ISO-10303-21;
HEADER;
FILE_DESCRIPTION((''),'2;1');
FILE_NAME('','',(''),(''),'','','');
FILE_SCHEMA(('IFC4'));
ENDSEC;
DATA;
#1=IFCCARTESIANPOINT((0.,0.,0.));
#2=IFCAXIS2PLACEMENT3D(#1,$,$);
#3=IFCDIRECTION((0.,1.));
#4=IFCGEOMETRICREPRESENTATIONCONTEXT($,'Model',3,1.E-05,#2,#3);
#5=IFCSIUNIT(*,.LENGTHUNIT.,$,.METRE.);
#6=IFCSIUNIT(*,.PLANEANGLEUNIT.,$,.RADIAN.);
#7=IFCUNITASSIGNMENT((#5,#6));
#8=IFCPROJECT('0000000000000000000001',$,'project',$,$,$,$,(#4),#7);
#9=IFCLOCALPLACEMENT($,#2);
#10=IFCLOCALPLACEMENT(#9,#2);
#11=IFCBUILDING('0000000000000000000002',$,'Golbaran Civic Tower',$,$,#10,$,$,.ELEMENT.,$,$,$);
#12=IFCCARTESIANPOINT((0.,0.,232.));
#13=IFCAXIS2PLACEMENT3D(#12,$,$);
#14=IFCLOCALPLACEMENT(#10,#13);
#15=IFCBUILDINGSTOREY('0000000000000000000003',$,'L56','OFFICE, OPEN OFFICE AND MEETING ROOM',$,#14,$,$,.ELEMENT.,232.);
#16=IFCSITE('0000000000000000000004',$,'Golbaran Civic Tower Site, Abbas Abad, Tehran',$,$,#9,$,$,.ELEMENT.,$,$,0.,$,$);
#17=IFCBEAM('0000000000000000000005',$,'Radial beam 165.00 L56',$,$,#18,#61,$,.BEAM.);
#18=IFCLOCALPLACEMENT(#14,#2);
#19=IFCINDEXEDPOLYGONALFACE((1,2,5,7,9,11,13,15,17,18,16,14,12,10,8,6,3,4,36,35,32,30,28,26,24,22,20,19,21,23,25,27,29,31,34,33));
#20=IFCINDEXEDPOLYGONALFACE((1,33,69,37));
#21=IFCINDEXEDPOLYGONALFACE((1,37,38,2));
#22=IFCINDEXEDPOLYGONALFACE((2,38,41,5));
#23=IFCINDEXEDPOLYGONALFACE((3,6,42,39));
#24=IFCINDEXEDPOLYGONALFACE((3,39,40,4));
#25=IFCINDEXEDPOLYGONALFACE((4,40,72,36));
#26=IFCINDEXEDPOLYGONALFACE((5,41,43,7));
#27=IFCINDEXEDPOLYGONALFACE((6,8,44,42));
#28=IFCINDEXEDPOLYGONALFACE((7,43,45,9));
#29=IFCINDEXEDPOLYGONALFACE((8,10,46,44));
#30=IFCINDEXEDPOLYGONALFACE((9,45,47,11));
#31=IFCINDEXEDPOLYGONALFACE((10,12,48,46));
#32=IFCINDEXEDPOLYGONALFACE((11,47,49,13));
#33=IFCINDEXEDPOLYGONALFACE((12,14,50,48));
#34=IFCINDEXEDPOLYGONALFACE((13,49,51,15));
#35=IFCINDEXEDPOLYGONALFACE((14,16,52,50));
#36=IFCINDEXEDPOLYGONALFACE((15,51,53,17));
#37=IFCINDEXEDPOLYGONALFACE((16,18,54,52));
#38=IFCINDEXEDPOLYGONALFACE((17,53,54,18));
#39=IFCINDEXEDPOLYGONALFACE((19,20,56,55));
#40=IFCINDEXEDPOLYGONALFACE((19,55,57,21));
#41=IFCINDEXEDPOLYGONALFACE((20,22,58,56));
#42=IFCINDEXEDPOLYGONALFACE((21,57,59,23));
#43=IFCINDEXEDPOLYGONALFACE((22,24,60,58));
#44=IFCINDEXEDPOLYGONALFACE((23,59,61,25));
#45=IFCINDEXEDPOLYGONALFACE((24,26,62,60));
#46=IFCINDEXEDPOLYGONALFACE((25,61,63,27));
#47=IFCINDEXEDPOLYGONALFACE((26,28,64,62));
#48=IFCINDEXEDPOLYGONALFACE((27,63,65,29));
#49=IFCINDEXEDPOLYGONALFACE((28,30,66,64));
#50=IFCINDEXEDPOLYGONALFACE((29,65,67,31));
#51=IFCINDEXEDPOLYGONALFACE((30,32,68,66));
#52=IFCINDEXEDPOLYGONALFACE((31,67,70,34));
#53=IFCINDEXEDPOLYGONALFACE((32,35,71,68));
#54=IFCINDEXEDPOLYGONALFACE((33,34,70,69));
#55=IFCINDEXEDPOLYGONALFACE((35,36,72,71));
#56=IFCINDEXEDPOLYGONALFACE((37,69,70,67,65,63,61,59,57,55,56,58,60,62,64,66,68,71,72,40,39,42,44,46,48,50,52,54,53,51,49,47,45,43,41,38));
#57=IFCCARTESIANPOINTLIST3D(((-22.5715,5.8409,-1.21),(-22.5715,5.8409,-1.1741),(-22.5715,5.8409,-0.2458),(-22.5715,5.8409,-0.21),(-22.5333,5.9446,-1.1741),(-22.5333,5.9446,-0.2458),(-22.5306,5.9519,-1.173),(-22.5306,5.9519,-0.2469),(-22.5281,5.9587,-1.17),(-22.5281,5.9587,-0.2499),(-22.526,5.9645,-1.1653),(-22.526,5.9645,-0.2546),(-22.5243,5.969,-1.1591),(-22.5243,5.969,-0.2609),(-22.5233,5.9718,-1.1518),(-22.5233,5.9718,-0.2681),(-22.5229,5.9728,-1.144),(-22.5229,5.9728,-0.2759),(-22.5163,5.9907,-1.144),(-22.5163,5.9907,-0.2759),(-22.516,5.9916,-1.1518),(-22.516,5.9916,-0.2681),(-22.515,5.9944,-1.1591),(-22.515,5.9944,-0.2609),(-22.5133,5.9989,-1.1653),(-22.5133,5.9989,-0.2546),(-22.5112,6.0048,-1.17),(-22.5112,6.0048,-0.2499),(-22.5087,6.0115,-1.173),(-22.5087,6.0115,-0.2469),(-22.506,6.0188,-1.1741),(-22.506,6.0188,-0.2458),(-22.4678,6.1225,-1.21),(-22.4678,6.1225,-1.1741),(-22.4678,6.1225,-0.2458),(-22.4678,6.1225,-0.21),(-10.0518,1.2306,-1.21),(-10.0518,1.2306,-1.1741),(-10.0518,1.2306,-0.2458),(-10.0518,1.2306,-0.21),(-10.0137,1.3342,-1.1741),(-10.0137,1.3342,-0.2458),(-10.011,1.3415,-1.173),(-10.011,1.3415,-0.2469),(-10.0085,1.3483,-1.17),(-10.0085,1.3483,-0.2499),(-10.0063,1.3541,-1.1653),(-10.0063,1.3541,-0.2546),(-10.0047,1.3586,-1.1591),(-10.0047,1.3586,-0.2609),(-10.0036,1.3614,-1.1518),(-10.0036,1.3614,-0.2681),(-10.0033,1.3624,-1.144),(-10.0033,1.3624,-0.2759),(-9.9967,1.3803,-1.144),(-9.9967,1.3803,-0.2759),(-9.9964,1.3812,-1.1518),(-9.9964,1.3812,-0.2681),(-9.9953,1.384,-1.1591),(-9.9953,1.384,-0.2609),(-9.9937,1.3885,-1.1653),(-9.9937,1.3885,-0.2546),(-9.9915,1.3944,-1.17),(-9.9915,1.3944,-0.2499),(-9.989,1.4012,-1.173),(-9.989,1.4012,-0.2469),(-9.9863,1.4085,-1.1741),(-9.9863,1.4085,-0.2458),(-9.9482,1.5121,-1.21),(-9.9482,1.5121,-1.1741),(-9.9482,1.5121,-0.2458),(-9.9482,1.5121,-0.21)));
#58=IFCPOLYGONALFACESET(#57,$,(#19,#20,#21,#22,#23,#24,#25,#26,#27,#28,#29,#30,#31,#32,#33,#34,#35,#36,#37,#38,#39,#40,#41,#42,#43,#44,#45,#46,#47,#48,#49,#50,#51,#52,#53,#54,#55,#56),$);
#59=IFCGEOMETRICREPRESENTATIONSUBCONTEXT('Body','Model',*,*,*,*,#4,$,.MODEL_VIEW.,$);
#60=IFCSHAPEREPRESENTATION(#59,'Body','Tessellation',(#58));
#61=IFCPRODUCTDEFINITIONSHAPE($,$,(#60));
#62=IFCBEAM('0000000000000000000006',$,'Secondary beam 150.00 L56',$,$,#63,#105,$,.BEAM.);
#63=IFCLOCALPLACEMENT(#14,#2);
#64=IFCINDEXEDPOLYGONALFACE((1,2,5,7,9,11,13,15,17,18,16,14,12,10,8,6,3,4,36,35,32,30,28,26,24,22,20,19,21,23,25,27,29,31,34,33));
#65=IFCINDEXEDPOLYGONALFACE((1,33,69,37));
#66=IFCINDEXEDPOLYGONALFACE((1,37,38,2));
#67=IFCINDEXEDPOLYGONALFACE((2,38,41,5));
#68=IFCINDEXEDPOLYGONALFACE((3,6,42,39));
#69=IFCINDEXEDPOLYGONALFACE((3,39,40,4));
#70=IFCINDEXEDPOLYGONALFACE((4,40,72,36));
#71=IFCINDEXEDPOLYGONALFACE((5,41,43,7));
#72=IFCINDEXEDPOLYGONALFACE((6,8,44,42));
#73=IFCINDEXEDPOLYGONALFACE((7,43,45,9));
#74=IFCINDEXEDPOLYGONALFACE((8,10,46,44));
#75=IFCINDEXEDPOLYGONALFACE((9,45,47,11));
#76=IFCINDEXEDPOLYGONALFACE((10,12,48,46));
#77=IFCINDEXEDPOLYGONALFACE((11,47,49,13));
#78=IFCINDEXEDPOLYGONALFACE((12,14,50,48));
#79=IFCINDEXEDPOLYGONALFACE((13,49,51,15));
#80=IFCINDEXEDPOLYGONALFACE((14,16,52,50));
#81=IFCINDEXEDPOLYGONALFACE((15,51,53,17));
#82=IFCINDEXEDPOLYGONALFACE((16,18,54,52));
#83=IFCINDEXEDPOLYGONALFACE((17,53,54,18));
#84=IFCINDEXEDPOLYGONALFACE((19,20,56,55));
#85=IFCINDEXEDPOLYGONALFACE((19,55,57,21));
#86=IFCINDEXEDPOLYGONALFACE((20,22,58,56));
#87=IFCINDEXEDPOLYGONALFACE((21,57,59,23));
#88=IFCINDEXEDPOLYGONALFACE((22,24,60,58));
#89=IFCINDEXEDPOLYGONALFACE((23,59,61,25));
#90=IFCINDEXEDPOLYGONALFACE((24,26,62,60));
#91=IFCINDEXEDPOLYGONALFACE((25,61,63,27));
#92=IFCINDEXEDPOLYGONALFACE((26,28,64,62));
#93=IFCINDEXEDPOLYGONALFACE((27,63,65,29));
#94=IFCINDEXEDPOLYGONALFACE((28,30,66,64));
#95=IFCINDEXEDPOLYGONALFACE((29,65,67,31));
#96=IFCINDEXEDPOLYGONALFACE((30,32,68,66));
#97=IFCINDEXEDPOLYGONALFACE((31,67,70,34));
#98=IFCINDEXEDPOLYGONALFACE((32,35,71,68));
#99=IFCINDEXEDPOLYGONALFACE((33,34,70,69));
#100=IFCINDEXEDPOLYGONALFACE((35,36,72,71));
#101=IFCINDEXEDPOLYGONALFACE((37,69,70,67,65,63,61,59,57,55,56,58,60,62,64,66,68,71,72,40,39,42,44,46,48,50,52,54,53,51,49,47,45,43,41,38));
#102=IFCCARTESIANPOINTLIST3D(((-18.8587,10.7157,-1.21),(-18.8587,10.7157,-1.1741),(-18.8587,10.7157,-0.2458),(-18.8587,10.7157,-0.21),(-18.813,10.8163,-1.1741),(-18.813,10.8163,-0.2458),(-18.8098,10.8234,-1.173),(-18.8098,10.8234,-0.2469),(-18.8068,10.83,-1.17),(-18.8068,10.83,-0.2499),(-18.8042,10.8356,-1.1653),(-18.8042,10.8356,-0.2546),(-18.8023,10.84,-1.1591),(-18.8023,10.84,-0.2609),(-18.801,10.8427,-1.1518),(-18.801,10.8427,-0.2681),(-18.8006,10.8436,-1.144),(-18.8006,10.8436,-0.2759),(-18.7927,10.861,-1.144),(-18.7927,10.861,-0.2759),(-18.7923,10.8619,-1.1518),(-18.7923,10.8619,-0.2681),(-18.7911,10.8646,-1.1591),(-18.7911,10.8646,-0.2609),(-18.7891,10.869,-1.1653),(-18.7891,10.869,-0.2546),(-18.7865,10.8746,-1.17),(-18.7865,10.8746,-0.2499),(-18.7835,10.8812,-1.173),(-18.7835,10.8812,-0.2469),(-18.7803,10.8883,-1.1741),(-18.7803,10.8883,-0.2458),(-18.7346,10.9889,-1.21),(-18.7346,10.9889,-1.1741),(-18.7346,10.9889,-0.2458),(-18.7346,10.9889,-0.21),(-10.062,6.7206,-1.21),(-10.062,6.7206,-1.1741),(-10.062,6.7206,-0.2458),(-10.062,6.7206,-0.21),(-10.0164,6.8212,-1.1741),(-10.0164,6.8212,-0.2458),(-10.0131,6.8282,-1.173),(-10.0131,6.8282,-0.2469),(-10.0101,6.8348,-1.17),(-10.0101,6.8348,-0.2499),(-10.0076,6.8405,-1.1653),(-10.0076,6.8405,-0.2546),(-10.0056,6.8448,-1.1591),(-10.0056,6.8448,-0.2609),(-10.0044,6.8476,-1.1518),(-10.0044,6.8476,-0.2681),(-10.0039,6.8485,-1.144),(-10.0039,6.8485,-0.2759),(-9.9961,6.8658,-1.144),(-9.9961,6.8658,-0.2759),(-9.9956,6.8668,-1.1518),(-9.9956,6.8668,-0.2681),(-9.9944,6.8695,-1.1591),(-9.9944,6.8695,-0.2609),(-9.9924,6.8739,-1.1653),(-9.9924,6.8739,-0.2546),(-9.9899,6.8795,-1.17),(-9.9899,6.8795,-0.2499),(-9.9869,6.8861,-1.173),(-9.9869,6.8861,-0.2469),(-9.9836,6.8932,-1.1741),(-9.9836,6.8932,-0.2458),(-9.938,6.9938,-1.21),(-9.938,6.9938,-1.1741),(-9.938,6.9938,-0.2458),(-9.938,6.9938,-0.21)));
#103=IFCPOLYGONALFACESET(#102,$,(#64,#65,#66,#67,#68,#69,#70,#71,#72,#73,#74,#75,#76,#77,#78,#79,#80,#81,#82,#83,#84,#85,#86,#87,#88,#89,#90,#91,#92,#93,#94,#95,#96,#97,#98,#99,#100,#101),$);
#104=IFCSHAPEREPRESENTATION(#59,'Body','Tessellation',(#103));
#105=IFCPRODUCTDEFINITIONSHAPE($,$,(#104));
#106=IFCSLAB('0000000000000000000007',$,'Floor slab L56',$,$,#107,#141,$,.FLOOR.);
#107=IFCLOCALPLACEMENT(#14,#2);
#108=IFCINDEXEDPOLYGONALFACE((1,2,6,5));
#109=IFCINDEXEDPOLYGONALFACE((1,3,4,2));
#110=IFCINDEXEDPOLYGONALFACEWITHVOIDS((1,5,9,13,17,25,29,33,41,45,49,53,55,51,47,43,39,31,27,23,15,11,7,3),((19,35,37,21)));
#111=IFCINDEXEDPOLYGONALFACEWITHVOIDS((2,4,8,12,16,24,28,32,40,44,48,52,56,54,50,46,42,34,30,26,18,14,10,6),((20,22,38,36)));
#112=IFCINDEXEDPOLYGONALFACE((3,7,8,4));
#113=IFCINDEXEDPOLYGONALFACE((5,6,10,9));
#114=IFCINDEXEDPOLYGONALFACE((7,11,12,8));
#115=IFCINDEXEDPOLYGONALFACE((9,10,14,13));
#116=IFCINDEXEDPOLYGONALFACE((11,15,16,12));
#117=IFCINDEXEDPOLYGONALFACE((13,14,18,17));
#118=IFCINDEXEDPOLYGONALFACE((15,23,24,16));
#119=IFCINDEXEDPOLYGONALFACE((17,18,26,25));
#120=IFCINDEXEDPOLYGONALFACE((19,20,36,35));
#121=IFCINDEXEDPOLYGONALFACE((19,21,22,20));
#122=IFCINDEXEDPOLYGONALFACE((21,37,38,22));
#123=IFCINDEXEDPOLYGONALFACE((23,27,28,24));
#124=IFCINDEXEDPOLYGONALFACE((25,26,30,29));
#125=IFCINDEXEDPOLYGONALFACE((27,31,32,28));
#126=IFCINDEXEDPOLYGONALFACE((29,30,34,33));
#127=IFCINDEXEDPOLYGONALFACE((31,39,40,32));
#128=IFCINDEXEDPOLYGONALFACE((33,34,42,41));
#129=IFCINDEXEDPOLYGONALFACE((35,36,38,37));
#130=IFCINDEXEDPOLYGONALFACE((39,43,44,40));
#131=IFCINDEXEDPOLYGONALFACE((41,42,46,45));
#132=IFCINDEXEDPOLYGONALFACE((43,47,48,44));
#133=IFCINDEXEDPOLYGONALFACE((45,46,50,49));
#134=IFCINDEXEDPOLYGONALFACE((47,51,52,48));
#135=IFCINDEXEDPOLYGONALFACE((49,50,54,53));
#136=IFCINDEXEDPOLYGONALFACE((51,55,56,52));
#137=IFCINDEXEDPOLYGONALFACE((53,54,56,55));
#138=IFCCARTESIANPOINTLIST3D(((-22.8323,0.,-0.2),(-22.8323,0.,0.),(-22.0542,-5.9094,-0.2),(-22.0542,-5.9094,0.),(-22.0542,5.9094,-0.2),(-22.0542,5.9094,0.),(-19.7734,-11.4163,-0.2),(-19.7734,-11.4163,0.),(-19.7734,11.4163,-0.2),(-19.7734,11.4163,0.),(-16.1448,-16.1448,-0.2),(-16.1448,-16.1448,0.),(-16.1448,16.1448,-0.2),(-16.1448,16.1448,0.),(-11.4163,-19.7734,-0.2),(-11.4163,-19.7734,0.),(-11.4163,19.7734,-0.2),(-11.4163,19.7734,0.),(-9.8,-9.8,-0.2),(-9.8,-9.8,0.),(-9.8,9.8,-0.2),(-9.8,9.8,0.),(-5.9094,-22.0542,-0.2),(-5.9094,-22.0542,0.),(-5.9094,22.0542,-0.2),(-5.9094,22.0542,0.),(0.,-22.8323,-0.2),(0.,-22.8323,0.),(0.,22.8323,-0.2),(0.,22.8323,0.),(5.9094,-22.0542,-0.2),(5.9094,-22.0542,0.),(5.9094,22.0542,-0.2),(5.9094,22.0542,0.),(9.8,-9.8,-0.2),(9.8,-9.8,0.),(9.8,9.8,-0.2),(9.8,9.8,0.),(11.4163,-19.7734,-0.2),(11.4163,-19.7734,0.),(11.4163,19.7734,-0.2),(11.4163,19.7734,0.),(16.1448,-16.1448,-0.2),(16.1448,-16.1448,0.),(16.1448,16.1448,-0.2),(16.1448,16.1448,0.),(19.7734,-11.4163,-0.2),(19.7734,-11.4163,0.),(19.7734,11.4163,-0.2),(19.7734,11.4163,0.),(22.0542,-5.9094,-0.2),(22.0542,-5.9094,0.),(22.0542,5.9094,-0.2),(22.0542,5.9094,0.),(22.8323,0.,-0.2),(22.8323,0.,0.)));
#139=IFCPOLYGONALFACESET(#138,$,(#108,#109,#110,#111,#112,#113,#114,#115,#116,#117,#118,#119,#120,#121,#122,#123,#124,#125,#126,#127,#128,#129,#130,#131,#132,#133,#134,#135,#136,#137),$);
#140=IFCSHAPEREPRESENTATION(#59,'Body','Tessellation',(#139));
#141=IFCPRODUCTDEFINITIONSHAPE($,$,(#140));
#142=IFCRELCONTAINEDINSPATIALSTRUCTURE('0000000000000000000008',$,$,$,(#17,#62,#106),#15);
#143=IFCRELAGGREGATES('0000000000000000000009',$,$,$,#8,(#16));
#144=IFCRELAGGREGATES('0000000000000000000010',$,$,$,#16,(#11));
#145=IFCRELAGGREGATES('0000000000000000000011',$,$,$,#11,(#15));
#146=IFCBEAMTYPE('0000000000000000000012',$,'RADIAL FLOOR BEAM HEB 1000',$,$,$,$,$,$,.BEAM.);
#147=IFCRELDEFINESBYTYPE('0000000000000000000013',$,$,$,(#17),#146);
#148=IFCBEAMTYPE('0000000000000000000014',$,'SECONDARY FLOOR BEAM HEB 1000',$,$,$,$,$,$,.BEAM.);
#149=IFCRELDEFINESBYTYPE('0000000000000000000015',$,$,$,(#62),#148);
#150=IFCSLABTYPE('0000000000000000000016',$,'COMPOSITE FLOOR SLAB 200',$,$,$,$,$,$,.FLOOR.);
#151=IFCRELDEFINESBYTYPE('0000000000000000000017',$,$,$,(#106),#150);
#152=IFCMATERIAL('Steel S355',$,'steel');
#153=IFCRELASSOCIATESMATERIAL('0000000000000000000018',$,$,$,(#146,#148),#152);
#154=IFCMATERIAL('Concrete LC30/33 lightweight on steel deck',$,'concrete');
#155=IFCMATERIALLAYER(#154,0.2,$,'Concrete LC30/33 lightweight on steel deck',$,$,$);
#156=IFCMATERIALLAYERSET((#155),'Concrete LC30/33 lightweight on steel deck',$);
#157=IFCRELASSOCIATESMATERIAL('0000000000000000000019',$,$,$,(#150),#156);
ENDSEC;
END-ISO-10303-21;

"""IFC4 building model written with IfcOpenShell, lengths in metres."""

from ifc_helpers import new_model, si_unit, direction, frame, origin, origin_2d, place, context, subcontext, project, spatial, polyline, i_section, outline, extrude, material, layer, layer_set, material_profile, profile_set, type_object, element, save


model = new_model("IFC4")

# Units and contexts
model_context = context("Model", 3, precision=1e-05, world=origin(), true_north=direction((0.0, 1.0)))
body_context = subcontext(model_context, "Body", "Model", "MODEL_VIEW")
ifc_project = project(units=[si_unit("LENGTHUNIT", "METRE"), si_unit("PLANEANGLEUNIT", "RADIAN")], contexts=[model_context])

# Site, building, storey
site_placement = place(None, origin())
site = spatial("IfcSite", under=ifc_project, at=site_placement, Name="Golbaran Civic Tower Site, Abbas Abad, Tehran", CompositionType="ELEMENT", RefElevation=0.0)
building_placement = place(site_placement, origin())
building = spatial("IfcBuilding", under=site, at=building_placement, Name="Golbaran Civic Tower", CompositionType="ELEMENT")
storey_placement = place(building_placement, frame((0.0, 0.0, 232.0)))
storey = spatial("IfcBuildingStorey", under=building, at=storey_placement, Name="L56", Description="OFFICE, OPEN OFFICE AND MEETING ROOM", CompositionType="ELEMENT", Elevation=232.0)

# Beams
ifc_material_1 = material(Name="Steel S355", Category="steel")
ifc_material_profile_1 = material_profile(ifc_material_1, i_section(OverallWidth=0.3, OverallDepth=1.0, WebThickness=0.019, FlangeThickness=0.0359, FilletRadius=0.03, at=origin_2d()), Name="HEB 1000")
ifc_profile_set_1 = profile_set([ifc_material_profile_1], Name="Steel S355")
beam_type_1 = type_object("IfcBeamType", Name="RADIAL FLOOR BEAM HEB 1000", PredefinedType="BEAM", material=ifc_profile_set_1)
beam_1_placement = place(storey_placement, frame((-10.0, 1.3713, -0.71), z_axis=(-0.938394, 0.345566, 0.0), x_axis=(-0.345566, -0.938394, 0.0)))
element("IfcBeam", 1, at=beam_1_placement, inside=storey, type_object=beam_type_1, Name="Radial beam 165.00 L56", PredefinedType="BEAM", context=body_context, shape_type="SweptSolid", body=[
    extrude(i_section(OverallWidth=0.3, OverallDepth=1.0, WebThickness=0.019, FlangeThickness=0.0359, FilletRadius=0.03, at=origin_2d()), origin(), (0.0, 0.0, 1.0), 13.3416),
])
ifc_material_profile_2 = material_profile(ifc_material_1, i_section(OverallWidth=0.3, OverallDepth=1.0, WebThickness=0.019, FlangeThickness=0.0359, FilletRadius=0.03, at=origin_2d()), Name="HEB 1000")
ifc_profile_set_2 = profile_set([ifc_material_profile_2], Name="Steel S355")
beam_type_2 = type_object("IfcBeamType", Name="SECONDARY FLOOR BEAM HEB 1000", PredefinedType="BEAM", material=ifc_profile_set_2)
beam_2_placement = place(storey_placement, frame((-10.0, 6.8572, -0.71), z_axis=(-0.910497, 0.413515, 0.0), x_axis=(-0.413515, -0.910497, 0.0)))
element("IfcBeam", 2, at=beam_2_placement, inside=storey, type_object=beam_type_2, Name="Secondary beam 150.00 L56", PredefinedType="BEAM", context=body_context, shape_type="SweptSolid", body=[
    extrude(i_section(OverallWidth=0.3, OverallDepth=1.0, WebThickness=0.019, FlangeThickness=0.0359, FilletRadius=0.03, at=origin_2d()), origin(), (0.0, 0.0, 1.0), 9.6614),
])

# Slab
ifc_material_2 = material(Name="Concrete LC30/33 lightweight on steel deck", Category="concrete")
ifc_layer_1 = layer(ifc_material_2, 0.2, Name="Concrete LC30/33 lightweight on steel deck")
ifc_layer_set_1 = layer_set([ifc_layer_1], Name="Concrete LC30/33 lightweight on steel deck")
slab_type_1 = type_object("IfcSlabType", Name="COMPOSITE FLOOR SLAB 200", PredefinedType="FLOOR", material=ifc_layer_set_1)
slab_1_placement = place(storey_placement, frame((0.0, 0.0, -0.2)))
element("IfcSlab", 3, at=slab_1_placement, inside=storey, type_object=slab_type_1, Name="Floor slab L56", PredefinedType="FLOOR", context=body_context, shape_type="SweptSolid", body=[
    extrude(outline(polyline([(19.7734, -11.4163), (16.1448, -16.1448), (11.4163, -19.7734), (5.9094, -22.0542), (0.0, -22.8323), (-5.9094, -22.0542), (-11.4163, -19.7734), (-16.1448, -16.1448), (-19.7734, -11.4163), (-22.0542, -5.9094), (-22.8323, 0.0), (-22.0542, 5.9094), (-19.7734, 11.4163), (-16.1448, 16.1448), (-11.4163, 19.7734), (-5.9094, 22.0542), (0.0, 22.8323), (5.9094, 22.0542), (11.4163, 19.7734), (16.1448, 16.1448), (19.7734, 11.4163), (22.0542, 5.9094), (22.8323, 0.0), (22.0542, -5.9094), (19.7734, -11.4163)]), holes=[polyline([(-9.8, 9.8), (-9.8, -9.8), (9.8, -9.8), (9.8, 9.8), (-9.8, 9.8)])]), origin(), (0.0, 0.0, 1.0), 0.2),
])

save(model, "model.ifc")
